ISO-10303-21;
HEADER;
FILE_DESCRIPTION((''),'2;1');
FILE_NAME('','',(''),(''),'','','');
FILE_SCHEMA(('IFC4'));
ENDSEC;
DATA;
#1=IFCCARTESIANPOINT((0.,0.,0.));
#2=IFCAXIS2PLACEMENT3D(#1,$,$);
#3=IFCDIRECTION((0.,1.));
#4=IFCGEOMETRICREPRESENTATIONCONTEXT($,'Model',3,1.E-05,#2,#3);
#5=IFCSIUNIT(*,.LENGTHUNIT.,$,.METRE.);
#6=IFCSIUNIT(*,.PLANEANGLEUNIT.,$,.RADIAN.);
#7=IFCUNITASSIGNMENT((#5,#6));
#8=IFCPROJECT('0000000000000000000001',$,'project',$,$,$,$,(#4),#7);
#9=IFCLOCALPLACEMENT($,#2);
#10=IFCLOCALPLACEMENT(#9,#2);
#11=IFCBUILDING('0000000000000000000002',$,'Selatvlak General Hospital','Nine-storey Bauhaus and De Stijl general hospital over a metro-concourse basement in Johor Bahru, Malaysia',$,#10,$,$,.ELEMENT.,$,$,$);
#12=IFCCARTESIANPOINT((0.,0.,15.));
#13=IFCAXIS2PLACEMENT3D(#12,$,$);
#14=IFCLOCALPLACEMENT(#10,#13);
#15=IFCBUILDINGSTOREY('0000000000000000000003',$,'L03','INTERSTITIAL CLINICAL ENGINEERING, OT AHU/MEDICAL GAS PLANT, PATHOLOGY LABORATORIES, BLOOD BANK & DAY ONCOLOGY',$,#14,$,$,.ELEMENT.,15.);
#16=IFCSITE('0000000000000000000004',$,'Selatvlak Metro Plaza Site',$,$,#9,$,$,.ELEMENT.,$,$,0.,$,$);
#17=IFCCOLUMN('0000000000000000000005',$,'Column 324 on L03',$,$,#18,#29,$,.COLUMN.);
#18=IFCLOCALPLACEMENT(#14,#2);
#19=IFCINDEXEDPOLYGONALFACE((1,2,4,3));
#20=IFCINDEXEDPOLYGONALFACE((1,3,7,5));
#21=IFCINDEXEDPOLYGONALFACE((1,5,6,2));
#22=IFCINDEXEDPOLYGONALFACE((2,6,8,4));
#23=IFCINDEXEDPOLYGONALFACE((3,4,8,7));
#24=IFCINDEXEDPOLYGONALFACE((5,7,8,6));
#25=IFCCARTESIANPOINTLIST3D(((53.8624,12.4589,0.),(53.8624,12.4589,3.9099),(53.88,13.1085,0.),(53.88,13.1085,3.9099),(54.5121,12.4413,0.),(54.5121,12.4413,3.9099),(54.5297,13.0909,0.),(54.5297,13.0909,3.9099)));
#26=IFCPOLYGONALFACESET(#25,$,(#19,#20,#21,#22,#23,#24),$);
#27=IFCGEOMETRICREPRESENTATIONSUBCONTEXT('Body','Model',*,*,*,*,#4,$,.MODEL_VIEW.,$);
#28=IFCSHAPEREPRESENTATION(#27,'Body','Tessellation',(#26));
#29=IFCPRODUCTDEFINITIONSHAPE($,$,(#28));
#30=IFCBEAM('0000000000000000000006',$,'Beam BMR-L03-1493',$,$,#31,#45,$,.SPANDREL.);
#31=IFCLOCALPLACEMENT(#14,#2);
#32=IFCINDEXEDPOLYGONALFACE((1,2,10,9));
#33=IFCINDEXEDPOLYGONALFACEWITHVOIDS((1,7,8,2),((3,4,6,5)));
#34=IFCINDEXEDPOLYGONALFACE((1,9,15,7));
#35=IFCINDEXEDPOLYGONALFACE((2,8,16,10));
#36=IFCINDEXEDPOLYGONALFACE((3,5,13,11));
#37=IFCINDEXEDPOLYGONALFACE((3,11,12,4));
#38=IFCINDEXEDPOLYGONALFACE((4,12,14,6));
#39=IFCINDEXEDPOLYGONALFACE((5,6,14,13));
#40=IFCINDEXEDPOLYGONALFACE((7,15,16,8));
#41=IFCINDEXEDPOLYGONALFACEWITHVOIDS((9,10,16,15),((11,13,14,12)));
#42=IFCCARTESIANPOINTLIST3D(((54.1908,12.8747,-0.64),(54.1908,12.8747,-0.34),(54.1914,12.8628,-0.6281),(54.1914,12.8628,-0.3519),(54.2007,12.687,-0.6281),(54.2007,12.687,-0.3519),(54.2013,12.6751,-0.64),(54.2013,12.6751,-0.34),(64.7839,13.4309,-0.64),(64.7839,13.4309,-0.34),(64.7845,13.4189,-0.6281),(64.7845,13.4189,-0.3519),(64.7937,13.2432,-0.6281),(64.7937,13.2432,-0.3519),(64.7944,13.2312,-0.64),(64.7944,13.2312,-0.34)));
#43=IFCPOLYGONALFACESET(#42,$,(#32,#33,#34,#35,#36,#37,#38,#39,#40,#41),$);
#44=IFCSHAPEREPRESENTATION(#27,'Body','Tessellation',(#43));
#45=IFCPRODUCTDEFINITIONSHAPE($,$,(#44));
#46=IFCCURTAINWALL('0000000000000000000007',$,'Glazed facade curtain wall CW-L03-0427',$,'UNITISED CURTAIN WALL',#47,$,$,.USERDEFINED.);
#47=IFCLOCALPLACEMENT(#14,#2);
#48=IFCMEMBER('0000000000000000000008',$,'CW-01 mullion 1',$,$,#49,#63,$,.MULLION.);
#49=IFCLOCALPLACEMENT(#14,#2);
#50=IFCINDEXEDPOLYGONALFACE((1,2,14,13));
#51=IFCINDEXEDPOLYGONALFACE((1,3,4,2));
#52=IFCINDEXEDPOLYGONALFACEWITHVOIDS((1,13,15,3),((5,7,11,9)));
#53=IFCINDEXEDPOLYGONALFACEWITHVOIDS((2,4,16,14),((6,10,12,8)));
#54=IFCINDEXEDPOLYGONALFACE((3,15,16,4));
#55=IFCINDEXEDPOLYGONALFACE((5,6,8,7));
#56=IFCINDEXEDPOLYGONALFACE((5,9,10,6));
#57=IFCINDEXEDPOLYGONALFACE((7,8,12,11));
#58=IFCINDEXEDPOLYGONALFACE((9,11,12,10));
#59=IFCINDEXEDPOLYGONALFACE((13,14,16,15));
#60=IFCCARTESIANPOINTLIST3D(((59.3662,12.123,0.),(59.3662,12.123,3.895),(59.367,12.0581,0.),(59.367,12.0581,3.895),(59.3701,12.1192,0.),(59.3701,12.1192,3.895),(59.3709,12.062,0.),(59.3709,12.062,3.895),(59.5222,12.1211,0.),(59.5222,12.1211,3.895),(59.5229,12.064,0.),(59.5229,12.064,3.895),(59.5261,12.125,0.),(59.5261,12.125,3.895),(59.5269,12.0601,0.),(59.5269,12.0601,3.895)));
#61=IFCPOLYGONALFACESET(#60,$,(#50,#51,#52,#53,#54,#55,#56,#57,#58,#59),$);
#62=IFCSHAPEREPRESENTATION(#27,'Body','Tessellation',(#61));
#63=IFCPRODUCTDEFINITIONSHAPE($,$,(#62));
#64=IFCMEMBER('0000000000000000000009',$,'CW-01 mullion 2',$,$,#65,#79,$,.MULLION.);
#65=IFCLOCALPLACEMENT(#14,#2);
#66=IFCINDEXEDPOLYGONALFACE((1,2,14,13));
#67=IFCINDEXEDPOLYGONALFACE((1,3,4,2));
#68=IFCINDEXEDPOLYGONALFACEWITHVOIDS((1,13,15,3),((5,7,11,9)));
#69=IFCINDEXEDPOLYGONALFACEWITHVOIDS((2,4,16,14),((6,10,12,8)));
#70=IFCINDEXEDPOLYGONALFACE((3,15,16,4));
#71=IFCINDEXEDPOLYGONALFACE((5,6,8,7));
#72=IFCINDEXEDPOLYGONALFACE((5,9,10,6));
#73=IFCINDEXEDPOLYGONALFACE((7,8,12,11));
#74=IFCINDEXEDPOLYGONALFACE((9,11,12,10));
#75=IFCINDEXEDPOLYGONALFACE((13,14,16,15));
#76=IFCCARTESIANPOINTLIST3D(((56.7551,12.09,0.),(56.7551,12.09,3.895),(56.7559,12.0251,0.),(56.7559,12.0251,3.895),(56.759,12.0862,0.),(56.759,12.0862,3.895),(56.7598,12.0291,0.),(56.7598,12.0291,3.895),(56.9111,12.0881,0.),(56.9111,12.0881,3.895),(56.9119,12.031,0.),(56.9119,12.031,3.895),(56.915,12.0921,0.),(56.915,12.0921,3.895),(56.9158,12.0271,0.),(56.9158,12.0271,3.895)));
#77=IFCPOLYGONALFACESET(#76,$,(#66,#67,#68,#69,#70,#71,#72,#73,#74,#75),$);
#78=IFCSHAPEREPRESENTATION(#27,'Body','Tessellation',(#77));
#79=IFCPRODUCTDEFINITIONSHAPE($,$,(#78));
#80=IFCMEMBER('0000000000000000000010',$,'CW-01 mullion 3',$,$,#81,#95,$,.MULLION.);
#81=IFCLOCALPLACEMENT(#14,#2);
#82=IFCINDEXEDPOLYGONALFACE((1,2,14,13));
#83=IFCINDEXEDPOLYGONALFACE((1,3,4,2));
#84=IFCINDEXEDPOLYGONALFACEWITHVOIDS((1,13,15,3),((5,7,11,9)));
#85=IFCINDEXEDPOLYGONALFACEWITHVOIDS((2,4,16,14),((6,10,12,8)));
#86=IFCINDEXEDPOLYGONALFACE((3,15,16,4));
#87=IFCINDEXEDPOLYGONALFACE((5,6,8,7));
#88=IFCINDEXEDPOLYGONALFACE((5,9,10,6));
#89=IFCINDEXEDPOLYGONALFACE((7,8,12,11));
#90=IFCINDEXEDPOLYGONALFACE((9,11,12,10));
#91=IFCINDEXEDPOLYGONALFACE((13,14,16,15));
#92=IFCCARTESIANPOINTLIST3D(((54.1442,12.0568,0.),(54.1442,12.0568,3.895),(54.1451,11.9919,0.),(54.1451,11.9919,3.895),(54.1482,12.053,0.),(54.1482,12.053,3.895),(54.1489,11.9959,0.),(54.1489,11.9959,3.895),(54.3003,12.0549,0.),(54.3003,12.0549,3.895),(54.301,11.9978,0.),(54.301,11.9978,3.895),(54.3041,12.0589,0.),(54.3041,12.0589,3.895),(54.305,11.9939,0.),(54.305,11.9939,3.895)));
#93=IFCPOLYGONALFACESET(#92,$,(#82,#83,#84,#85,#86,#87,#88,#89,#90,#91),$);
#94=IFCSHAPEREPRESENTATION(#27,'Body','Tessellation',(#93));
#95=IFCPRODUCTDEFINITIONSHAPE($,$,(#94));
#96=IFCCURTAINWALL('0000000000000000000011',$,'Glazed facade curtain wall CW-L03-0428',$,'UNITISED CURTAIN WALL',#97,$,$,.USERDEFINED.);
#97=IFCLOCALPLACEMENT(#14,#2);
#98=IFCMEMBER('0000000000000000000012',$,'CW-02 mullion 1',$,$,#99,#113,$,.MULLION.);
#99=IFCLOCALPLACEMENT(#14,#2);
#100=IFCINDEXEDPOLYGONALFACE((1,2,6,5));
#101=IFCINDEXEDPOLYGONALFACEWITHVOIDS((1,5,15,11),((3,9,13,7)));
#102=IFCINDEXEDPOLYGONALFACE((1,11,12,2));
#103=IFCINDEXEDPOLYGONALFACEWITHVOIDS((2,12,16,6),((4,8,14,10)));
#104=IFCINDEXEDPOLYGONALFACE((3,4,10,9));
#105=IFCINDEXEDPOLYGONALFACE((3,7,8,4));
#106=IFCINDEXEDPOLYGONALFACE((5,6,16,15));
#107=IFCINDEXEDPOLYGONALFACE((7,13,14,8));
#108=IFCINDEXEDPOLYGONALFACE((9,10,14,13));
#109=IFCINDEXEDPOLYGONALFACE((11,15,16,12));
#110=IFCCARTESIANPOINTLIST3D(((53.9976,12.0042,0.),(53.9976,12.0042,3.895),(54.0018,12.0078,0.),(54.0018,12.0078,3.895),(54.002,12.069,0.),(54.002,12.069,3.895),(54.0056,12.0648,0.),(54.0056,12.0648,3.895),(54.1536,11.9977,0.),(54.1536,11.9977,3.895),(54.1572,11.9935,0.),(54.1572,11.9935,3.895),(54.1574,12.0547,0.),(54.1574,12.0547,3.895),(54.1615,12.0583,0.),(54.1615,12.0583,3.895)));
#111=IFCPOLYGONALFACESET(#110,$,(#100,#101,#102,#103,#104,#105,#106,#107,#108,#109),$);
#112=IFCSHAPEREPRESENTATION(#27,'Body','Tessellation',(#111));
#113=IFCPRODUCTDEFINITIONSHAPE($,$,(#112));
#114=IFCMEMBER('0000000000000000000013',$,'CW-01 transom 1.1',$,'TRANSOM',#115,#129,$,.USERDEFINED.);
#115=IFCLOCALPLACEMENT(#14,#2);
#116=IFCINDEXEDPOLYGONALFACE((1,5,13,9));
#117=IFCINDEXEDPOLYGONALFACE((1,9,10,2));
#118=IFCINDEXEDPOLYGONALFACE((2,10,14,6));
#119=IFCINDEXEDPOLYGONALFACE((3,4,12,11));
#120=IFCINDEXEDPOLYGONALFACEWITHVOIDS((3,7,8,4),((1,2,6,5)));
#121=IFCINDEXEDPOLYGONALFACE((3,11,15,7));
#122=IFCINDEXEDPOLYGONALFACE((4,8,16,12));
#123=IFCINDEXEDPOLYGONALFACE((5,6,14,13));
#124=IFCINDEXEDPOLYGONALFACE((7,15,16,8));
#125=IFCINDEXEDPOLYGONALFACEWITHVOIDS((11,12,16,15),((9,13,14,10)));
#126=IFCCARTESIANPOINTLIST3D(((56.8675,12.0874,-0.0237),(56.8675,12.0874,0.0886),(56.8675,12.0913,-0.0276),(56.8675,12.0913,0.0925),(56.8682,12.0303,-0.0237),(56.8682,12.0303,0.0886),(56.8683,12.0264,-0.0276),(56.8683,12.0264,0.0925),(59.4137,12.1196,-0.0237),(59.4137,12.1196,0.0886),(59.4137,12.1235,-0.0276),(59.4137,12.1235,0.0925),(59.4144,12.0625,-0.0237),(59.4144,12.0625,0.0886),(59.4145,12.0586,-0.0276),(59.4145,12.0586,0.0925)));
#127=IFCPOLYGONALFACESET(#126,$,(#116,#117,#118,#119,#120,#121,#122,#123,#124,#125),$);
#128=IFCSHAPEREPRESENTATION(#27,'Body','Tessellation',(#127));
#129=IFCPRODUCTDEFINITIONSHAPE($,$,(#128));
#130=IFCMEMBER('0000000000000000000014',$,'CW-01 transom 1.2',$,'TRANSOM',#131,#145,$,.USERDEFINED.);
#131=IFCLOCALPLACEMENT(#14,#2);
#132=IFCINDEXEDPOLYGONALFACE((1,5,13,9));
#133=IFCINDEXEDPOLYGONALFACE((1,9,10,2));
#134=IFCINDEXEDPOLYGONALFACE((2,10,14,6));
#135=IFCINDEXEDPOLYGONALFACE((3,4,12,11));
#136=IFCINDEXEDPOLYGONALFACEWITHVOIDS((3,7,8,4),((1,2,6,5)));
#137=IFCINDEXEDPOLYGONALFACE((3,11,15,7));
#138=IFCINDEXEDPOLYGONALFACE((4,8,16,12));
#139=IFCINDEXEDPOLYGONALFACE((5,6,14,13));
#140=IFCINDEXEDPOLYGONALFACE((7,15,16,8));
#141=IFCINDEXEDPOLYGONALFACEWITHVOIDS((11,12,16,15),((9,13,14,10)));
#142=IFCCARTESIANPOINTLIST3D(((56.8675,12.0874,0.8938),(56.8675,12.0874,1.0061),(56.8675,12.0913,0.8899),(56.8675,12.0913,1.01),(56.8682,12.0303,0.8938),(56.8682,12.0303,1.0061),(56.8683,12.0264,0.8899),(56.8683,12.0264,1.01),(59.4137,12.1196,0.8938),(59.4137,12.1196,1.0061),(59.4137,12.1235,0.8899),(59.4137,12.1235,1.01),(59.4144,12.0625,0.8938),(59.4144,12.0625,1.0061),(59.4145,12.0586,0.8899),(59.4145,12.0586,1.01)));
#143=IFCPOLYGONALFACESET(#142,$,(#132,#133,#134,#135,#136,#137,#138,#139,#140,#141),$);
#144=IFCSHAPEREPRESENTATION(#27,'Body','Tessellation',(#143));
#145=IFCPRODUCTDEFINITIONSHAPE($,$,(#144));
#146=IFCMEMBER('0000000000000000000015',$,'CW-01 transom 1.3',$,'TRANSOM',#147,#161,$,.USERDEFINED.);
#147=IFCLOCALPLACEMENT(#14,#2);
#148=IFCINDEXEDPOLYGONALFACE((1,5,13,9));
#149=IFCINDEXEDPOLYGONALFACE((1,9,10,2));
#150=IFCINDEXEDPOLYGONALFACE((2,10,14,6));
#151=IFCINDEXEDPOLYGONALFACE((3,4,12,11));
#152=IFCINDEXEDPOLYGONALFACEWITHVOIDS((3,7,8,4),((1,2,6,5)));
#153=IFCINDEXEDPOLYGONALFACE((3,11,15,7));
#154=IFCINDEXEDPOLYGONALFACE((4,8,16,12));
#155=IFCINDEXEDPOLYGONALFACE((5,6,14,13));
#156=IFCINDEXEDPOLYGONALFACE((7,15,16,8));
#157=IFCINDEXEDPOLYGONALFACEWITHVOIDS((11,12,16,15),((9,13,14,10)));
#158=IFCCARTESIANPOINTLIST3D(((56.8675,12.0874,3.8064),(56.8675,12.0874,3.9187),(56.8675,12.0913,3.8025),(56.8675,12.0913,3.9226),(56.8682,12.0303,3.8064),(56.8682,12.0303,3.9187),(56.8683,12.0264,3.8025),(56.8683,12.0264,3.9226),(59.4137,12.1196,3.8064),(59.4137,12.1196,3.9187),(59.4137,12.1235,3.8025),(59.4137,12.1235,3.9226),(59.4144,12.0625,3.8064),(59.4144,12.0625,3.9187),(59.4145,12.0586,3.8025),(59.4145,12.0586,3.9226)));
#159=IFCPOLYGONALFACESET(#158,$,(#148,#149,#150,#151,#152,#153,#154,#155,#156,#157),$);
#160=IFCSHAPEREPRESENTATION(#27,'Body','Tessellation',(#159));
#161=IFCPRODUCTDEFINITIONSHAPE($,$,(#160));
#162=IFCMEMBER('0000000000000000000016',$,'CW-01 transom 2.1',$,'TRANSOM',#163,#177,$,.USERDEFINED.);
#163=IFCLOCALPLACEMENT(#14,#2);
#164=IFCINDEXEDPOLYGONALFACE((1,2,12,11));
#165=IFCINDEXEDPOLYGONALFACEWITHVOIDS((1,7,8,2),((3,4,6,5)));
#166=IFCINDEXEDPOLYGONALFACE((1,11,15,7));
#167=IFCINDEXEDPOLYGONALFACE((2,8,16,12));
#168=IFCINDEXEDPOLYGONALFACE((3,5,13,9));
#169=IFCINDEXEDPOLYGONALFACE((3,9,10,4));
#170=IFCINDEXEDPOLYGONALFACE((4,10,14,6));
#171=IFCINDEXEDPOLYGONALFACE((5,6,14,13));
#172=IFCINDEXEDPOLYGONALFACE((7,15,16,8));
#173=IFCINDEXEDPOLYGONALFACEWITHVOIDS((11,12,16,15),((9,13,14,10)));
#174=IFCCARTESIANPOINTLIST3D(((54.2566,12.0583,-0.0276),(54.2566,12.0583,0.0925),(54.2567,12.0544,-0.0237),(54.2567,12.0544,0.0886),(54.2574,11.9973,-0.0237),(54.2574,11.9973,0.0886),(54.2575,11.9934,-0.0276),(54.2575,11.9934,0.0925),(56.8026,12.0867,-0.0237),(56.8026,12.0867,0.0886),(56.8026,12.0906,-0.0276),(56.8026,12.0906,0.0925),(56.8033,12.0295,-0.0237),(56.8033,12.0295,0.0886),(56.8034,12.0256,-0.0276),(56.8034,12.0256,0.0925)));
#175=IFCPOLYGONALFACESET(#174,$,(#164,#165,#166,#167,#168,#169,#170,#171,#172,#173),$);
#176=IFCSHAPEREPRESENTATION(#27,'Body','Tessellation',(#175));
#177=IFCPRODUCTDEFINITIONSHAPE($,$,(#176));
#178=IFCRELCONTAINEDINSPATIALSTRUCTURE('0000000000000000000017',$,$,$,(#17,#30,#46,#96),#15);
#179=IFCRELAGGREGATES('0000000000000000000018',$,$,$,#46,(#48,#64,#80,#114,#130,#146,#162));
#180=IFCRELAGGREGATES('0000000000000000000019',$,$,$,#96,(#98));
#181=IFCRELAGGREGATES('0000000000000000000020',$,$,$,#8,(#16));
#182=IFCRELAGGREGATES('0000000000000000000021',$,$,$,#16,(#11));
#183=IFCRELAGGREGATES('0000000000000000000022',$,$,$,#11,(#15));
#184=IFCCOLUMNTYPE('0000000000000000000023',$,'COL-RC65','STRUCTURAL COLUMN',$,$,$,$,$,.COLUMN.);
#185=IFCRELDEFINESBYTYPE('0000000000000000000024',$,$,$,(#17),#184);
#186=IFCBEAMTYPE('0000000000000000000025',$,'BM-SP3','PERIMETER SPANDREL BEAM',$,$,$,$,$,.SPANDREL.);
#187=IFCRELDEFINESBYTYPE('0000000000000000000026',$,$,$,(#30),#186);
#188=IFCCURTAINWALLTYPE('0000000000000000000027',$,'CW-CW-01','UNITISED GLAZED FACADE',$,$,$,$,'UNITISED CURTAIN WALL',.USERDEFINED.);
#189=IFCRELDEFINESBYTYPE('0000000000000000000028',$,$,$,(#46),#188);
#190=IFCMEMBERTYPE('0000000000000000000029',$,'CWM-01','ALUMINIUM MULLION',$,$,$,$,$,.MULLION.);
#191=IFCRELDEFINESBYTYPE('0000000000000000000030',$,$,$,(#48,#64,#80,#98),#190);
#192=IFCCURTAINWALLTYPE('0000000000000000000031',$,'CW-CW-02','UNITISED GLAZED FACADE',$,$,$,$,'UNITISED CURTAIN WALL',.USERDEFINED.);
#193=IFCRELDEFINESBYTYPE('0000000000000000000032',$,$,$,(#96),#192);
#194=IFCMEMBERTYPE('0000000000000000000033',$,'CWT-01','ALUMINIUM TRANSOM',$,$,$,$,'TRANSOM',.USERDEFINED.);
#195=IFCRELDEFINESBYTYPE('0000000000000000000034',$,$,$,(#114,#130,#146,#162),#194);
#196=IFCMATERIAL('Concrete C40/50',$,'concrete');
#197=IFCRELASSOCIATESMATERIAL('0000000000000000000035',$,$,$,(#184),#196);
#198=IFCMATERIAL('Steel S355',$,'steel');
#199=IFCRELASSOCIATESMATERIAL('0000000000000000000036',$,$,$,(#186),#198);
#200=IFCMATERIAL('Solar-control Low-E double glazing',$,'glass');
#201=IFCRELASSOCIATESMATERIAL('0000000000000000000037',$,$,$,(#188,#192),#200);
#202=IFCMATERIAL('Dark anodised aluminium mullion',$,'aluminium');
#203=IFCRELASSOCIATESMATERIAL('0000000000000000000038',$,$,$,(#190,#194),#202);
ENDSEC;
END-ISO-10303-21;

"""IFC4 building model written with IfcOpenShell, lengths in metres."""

from ifc_helpers import new_model, si_unit, direction, frame, origin, origin_2d, place, context, subcontext, project, spatial, rectangle, hollow_rectangle, extrude, material, material_profile, profile_set, type_object, element, aggregate, save


model = new_model("IFC4")

# Units and contexts
model_context = context("Model", 3, precision=1e-05, world=origin(), true_north=direction((0.0, 1.0)))
body_context = subcontext(model_context, "Body", "Model", "MODEL_VIEW")
ifc_project = project(units=[si_unit("LENGTHUNIT", "METRE"), si_unit("PLANEANGLEUNIT", "RADIAN")], contexts=[model_context])

# Site, building, storey
site_placement = place(None, origin())
site = spatial("IfcSite", under=ifc_project, at=site_placement, Name="Selatvlak Metro Plaza Site", CompositionType="ELEMENT", RefElevation=0.0)
building_placement = place(site_placement, origin())
building = spatial("IfcBuilding", under=site, at=building_placement, Name="Selatvlak General Hospital", Description="Nine-storey Bauhaus and De Stijl general hospital over a metro-concourse basement in Johor Bahru, Malaysia", CompositionType="ELEMENT")
storey_placement = place(building_placement, frame((0.0, 0.0, 15.0)))
storey = spatial("IfcBuildingStorey", under=building, at=storey_placement, Name="L03", Description="INTERSTITIAL CLINICAL ENGINEERING, OT AHU/MEDICAL GAS PLANT, PATHOLOGY LABORATORIES, BLOOD BANK & DAY ONCOLOGY", CompositionType="ELEMENT", Elevation=15.0)

# Column
ifc_material_1 = material(Name="Concrete C40/50", Category="concrete")
ifc_material_profile_1 = material_profile(ifc_material_1, rectangle(XDim=0.6499, YDim=0.6499, at=origin_2d()), Name="RC-COL 650x650")
ifc_profile_set_1 = profile_set([ifc_material_profile_1], Name="Concrete C40/50")
column_type = type_object("IfcColumnType", Name="COL-RC65", Description="STRUCTURAL COLUMN", PredefinedType="COLUMN", material=ifc_profile_set_1)
column_placement = place(storey_placement, frame((54.196, 12.7749, 0.0), z_axis=(0.0, 0.0, 1.0), x_axis=(0.027067, 0.999634, 0.0)))
element("IfcColumn", 1, at=column_placement, inside=storey, type_object=column_type, Name="Column 324 on L03", PredefinedType="COLUMN", context=body_context, shape_type="SweptSolid", body=[
    extrude(rectangle(XDim=0.6499, YDim=0.6499, at=origin_2d()), origin(), (0.0, 0.0, 1.0), 3.9099),
])

# Beam
ifc_material_2 = material(Name="Steel S355", Category="steel")
ifc_material_profile_2 = material_profile(ifc_material_2, hollow_rectangle(XDim=0.2, YDim=0.3, WallThickness=0.012, at=origin_2d()), Name="RHS 300x200x12")
ifc_profile_set_2 = profile_set([ifc_material_profile_2], Name="Steel S355")
beam_type = type_object("IfcBeamType", Name="BM-SP3", Description="PERIMETER SPANDREL BEAM", PredefinedType="SPANDREL", material=ifc_profile_set_2)
beam_placement = place(storey_placement, frame((54.196, 12.7749, -0.49), z_axis=(0.998625, 0.05243, 0.0), x_axis=(-0.05243, 0.998625, 0.0)))
element("IfcBeam", 2, at=beam_placement, inside=storey, type_object=beam_type, Name="Beam BMR-L03-1493", PredefinedType="SPANDREL", context=body_context, shape_type="SweptSolid", body=[
    extrude(hollow_rectangle(XDim=0.2, YDim=0.3, WallThickness=0.012, at=origin_2d()), origin(), (0.0, 0.0, 1.0), 10.6077),
])

# Curtain wall, members
ifc_material_3 = material(Name="Solar-control Low-E double glazing", Category="glass")
curtain_wall_type_1 = type_object("IfcCurtainWallType", Name="CW-CW-01", Description="UNITISED GLAZED FACADE", ElementType="UNITISED CURTAIN WALL", PredefinedType="USERDEFINED", material=ifc_material_3)
curtain_wall_1_placement = place(storey_placement, origin())
curtain_wall_1 = element("IfcCurtainWall", 3, at=curtain_wall_1_placement, inside=storey, type_object=curtain_wall_type_1, Name="Glazed facade curtain wall CW-L03-0427", ObjectType="UNITISED CURTAIN WALL", PredefinedType="USERDEFINED")
ifc_material_4 = material(Name="Dark anodised aluminium mullion", Category="aluminium")
ifc_material_profile_3 = material_profile(ifc_material_4, hollow_rectangle(XDim=0.0649, YDim=0.1599, WallThickness=0.0039, at=origin_2d()), Name="AL-MUL 65x160x4")
ifc_profile_set_3 = profile_set([ifc_material_profile_3], Name="Dark anodised aluminium mullion")
member_type_1 = type_object("IfcMemberType", Name="CWM-01", Description="ALUMINIUM MULLION", PredefinedType="MULLION", material=ifc_profile_set_3)
member_1_placement = place(storey_placement, frame((59.4465, 12.0916, 0.0), z_axis=(0.0, 0.0, 1.0), x_axis=(0.012672, -0.99992, 0.0)))
member_1 = element("IfcMember", 4, at=member_1_placement, type_object=member_type_1, Name="CW-01 mullion 1", PredefinedType="MULLION", context=body_context, shape_type="SweptSolid", body=[
    extrude(hollow_rectangle(XDim=0.0649, YDim=0.1599, WallThickness=0.0039, at=origin_2d()), origin(), (0.0, 0.0, 1.0), 3.895),
])
member_2_placement = place(storey_placement, frame((56.8354, 12.0586, 0.0), z_axis=(0.0, 0.0, 1.0), x_axis=(0.012672, -0.99992, 0.0)))
member_2 = element("IfcMember", 5, at=member_2_placement, type_object=member_type_1, Name="CW-01 mullion 2", PredefinedType="MULLION", context=body_context, shape_type="SweptSolid", body=[
    extrude(hollow_rectangle(XDim=0.0649, YDim=0.1599, WallThickness=0.0039, at=origin_2d()), origin(), (0.0, 0.0, 1.0), 3.895),
])
member_3_placement = place(storey_placement, frame((54.2246, 12.0254, 0.0), z_axis=(0.0, 0.0, 1.0), x_axis=(0.012672, -0.99992, 0.0)))
member_3 = element("IfcMember", 6, at=member_3_placement, type_object=member_type_1, Name="CW-01 mullion 3", PredefinedType="MULLION", context=body_context, shape_type="SweptSolid", body=[
    extrude(hollow_rectangle(XDim=0.0649, YDim=0.1599, WallThickness=0.0039, at=origin_2d()), origin(), (0.0, 0.0, 1.0), 3.895),
])

# Curtain wall, member
curtain_wall_type_2 = type_object("IfcCurtainWallType", Name="CW-CW-02", Description="UNITISED GLAZED FACADE", ElementType="UNITISED CURTAIN WALL", PredefinedType="USERDEFINED", material=ifc_material_3)
curtain_wall_2_placement = place(storey_placement, origin())
curtain_wall_2 = element("IfcCurtainWall", 7, at=curtain_wall_2_placement, inside=storey, type_object=curtain_wall_type_2, Name="Glazed facade curtain wall CW-L03-0428", ObjectType="UNITISED CURTAIN WALL", PredefinedType="USERDEFINED")
member_4_placement = place(storey_placement, frame((54.0796, 12.0312, 0.0), z_axis=(0.0, 0.0, 1.0), x_axis=(-0.066783, -0.997768, 0.0)))
member_4 = element("IfcMember", 8, at=member_4_placement, type_object=member_type_1, Name="CW-02 mullion 1", PredefinedType="MULLION", context=body_context, shape_type="SweptSolid", body=[
    extrude(hollow_rectangle(XDim=0.0649, YDim=0.1599, WallThickness=0.0039, at=origin_2d()), origin(), (0.0, 0.0, 1.0), 3.895),
])

# Members
ifc_material_profile_4 = material_profile(ifc_material_4, hollow_rectangle(XDim=0.0649, YDim=0.1201, WallThickness=0.0039, at=origin_2d()), Name="AL-TRN 65x120x4")
ifc_profile_set_4 = profile_set([ifc_material_profile_4], Name="Dark anodised aluminium mullion")
member_type_2 = type_object("IfcMemberType", Name="CWT-01", Description="ALUMINIUM TRANSOM", ElementType="TRANSOM", PredefinedType="USERDEFINED", material=ifc_profile_set_4)
member_5_placement = place(storey_placement, frame((59.4141, 12.0911, 0.0325), z_axis=(-0.99992, -0.012656, 0.0), x_axis=(0.012656, -0.99992, 0.0)))
member_5 = element("IfcMember", 9, at=member_5_placement, type_object=member_type_2, Name="CW-01 transom 1.1", ObjectType="TRANSOM", PredefinedType="USERDEFINED", context=body_context, shape_type="SweptSolid", body=[
    extrude(hollow_rectangle(XDim=0.0649, YDim=0.1201, WallThickness=0.0039, at=origin_2d()), origin(), (0.0, 0.0, 1.0), 2.5464),
])
member_6_placement = place(storey_placement, frame((59.4141, 12.0911, 0.95), z_axis=(-0.99992, -0.012656, 0.0), x_axis=(0.012656, -0.99992, 0.0)))
member_6 = element("IfcMember", 10, at=member_6_placement, type_object=member_type_2, Name="CW-01 transom 1.2", ObjectType="TRANSOM", PredefinedType="USERDEFINED", context=body_context, shape_type="SweptSolid", body=[
    extrude(hollow_rectangle(XDim=0.0649, YDim=0.1201, WallThickness=0.0039, at=origin_2d()), origin(), (0.0, 0.0, 1.0), 2.5464),
])
member_7_placement = place(storey_placement, frame((59.4141, 12.0911, 3.8625), z_axis=(-0.99992, -0.012656, 0.0), x_axis=(0.012656, -0.99992, 0.0)))
member_7 = element("IfcMember", 11, at=member_7_placement, type_object=member_type_2, Name="CW-01 transom 1.3", ObjectType="TRANSOM", PredefinedType="USERDEFINED", context=body_context, shape_type="SweptSolid", body=[
    extrude(hollow_rectangle(XDim=0.0649, YDim=0.1201, WallThickness=0.0039, at=origin_2d()), origin(), (0.0, 0.0, 1.0), 2.5464),
])
member_8_placement = place(storey_placement, frame((56.803, 12.0581, 0.0325), z_axis=(-0.99992, -0.012657, 0.0), x_axis=(0.012657, -0.99992, 0.0)))
member_8 = element("IfcMember", 12, at=member_8_placement, type_object=member_type_2, Name="CW-01 transom 2.1", ObjectType="TRANSOM", PredefinedType="USERDEFINED", context=body_context, shape_type="SweptSolid", body=[
    extrude(hollow_rectangle(XDim=0.0649, YDim=0.1201, WallThickness=0.0039, at=origin_2d()), origin(), (0.0, 0.0, 1.0), 2.5461),
])

aggregate(curtain_wall_1, [member_1, member_2, member_3, member_5, member_6, member_7, member_8])
aggregate(curtain_wall_2, [member_4])

save(model, "model.ifc")
